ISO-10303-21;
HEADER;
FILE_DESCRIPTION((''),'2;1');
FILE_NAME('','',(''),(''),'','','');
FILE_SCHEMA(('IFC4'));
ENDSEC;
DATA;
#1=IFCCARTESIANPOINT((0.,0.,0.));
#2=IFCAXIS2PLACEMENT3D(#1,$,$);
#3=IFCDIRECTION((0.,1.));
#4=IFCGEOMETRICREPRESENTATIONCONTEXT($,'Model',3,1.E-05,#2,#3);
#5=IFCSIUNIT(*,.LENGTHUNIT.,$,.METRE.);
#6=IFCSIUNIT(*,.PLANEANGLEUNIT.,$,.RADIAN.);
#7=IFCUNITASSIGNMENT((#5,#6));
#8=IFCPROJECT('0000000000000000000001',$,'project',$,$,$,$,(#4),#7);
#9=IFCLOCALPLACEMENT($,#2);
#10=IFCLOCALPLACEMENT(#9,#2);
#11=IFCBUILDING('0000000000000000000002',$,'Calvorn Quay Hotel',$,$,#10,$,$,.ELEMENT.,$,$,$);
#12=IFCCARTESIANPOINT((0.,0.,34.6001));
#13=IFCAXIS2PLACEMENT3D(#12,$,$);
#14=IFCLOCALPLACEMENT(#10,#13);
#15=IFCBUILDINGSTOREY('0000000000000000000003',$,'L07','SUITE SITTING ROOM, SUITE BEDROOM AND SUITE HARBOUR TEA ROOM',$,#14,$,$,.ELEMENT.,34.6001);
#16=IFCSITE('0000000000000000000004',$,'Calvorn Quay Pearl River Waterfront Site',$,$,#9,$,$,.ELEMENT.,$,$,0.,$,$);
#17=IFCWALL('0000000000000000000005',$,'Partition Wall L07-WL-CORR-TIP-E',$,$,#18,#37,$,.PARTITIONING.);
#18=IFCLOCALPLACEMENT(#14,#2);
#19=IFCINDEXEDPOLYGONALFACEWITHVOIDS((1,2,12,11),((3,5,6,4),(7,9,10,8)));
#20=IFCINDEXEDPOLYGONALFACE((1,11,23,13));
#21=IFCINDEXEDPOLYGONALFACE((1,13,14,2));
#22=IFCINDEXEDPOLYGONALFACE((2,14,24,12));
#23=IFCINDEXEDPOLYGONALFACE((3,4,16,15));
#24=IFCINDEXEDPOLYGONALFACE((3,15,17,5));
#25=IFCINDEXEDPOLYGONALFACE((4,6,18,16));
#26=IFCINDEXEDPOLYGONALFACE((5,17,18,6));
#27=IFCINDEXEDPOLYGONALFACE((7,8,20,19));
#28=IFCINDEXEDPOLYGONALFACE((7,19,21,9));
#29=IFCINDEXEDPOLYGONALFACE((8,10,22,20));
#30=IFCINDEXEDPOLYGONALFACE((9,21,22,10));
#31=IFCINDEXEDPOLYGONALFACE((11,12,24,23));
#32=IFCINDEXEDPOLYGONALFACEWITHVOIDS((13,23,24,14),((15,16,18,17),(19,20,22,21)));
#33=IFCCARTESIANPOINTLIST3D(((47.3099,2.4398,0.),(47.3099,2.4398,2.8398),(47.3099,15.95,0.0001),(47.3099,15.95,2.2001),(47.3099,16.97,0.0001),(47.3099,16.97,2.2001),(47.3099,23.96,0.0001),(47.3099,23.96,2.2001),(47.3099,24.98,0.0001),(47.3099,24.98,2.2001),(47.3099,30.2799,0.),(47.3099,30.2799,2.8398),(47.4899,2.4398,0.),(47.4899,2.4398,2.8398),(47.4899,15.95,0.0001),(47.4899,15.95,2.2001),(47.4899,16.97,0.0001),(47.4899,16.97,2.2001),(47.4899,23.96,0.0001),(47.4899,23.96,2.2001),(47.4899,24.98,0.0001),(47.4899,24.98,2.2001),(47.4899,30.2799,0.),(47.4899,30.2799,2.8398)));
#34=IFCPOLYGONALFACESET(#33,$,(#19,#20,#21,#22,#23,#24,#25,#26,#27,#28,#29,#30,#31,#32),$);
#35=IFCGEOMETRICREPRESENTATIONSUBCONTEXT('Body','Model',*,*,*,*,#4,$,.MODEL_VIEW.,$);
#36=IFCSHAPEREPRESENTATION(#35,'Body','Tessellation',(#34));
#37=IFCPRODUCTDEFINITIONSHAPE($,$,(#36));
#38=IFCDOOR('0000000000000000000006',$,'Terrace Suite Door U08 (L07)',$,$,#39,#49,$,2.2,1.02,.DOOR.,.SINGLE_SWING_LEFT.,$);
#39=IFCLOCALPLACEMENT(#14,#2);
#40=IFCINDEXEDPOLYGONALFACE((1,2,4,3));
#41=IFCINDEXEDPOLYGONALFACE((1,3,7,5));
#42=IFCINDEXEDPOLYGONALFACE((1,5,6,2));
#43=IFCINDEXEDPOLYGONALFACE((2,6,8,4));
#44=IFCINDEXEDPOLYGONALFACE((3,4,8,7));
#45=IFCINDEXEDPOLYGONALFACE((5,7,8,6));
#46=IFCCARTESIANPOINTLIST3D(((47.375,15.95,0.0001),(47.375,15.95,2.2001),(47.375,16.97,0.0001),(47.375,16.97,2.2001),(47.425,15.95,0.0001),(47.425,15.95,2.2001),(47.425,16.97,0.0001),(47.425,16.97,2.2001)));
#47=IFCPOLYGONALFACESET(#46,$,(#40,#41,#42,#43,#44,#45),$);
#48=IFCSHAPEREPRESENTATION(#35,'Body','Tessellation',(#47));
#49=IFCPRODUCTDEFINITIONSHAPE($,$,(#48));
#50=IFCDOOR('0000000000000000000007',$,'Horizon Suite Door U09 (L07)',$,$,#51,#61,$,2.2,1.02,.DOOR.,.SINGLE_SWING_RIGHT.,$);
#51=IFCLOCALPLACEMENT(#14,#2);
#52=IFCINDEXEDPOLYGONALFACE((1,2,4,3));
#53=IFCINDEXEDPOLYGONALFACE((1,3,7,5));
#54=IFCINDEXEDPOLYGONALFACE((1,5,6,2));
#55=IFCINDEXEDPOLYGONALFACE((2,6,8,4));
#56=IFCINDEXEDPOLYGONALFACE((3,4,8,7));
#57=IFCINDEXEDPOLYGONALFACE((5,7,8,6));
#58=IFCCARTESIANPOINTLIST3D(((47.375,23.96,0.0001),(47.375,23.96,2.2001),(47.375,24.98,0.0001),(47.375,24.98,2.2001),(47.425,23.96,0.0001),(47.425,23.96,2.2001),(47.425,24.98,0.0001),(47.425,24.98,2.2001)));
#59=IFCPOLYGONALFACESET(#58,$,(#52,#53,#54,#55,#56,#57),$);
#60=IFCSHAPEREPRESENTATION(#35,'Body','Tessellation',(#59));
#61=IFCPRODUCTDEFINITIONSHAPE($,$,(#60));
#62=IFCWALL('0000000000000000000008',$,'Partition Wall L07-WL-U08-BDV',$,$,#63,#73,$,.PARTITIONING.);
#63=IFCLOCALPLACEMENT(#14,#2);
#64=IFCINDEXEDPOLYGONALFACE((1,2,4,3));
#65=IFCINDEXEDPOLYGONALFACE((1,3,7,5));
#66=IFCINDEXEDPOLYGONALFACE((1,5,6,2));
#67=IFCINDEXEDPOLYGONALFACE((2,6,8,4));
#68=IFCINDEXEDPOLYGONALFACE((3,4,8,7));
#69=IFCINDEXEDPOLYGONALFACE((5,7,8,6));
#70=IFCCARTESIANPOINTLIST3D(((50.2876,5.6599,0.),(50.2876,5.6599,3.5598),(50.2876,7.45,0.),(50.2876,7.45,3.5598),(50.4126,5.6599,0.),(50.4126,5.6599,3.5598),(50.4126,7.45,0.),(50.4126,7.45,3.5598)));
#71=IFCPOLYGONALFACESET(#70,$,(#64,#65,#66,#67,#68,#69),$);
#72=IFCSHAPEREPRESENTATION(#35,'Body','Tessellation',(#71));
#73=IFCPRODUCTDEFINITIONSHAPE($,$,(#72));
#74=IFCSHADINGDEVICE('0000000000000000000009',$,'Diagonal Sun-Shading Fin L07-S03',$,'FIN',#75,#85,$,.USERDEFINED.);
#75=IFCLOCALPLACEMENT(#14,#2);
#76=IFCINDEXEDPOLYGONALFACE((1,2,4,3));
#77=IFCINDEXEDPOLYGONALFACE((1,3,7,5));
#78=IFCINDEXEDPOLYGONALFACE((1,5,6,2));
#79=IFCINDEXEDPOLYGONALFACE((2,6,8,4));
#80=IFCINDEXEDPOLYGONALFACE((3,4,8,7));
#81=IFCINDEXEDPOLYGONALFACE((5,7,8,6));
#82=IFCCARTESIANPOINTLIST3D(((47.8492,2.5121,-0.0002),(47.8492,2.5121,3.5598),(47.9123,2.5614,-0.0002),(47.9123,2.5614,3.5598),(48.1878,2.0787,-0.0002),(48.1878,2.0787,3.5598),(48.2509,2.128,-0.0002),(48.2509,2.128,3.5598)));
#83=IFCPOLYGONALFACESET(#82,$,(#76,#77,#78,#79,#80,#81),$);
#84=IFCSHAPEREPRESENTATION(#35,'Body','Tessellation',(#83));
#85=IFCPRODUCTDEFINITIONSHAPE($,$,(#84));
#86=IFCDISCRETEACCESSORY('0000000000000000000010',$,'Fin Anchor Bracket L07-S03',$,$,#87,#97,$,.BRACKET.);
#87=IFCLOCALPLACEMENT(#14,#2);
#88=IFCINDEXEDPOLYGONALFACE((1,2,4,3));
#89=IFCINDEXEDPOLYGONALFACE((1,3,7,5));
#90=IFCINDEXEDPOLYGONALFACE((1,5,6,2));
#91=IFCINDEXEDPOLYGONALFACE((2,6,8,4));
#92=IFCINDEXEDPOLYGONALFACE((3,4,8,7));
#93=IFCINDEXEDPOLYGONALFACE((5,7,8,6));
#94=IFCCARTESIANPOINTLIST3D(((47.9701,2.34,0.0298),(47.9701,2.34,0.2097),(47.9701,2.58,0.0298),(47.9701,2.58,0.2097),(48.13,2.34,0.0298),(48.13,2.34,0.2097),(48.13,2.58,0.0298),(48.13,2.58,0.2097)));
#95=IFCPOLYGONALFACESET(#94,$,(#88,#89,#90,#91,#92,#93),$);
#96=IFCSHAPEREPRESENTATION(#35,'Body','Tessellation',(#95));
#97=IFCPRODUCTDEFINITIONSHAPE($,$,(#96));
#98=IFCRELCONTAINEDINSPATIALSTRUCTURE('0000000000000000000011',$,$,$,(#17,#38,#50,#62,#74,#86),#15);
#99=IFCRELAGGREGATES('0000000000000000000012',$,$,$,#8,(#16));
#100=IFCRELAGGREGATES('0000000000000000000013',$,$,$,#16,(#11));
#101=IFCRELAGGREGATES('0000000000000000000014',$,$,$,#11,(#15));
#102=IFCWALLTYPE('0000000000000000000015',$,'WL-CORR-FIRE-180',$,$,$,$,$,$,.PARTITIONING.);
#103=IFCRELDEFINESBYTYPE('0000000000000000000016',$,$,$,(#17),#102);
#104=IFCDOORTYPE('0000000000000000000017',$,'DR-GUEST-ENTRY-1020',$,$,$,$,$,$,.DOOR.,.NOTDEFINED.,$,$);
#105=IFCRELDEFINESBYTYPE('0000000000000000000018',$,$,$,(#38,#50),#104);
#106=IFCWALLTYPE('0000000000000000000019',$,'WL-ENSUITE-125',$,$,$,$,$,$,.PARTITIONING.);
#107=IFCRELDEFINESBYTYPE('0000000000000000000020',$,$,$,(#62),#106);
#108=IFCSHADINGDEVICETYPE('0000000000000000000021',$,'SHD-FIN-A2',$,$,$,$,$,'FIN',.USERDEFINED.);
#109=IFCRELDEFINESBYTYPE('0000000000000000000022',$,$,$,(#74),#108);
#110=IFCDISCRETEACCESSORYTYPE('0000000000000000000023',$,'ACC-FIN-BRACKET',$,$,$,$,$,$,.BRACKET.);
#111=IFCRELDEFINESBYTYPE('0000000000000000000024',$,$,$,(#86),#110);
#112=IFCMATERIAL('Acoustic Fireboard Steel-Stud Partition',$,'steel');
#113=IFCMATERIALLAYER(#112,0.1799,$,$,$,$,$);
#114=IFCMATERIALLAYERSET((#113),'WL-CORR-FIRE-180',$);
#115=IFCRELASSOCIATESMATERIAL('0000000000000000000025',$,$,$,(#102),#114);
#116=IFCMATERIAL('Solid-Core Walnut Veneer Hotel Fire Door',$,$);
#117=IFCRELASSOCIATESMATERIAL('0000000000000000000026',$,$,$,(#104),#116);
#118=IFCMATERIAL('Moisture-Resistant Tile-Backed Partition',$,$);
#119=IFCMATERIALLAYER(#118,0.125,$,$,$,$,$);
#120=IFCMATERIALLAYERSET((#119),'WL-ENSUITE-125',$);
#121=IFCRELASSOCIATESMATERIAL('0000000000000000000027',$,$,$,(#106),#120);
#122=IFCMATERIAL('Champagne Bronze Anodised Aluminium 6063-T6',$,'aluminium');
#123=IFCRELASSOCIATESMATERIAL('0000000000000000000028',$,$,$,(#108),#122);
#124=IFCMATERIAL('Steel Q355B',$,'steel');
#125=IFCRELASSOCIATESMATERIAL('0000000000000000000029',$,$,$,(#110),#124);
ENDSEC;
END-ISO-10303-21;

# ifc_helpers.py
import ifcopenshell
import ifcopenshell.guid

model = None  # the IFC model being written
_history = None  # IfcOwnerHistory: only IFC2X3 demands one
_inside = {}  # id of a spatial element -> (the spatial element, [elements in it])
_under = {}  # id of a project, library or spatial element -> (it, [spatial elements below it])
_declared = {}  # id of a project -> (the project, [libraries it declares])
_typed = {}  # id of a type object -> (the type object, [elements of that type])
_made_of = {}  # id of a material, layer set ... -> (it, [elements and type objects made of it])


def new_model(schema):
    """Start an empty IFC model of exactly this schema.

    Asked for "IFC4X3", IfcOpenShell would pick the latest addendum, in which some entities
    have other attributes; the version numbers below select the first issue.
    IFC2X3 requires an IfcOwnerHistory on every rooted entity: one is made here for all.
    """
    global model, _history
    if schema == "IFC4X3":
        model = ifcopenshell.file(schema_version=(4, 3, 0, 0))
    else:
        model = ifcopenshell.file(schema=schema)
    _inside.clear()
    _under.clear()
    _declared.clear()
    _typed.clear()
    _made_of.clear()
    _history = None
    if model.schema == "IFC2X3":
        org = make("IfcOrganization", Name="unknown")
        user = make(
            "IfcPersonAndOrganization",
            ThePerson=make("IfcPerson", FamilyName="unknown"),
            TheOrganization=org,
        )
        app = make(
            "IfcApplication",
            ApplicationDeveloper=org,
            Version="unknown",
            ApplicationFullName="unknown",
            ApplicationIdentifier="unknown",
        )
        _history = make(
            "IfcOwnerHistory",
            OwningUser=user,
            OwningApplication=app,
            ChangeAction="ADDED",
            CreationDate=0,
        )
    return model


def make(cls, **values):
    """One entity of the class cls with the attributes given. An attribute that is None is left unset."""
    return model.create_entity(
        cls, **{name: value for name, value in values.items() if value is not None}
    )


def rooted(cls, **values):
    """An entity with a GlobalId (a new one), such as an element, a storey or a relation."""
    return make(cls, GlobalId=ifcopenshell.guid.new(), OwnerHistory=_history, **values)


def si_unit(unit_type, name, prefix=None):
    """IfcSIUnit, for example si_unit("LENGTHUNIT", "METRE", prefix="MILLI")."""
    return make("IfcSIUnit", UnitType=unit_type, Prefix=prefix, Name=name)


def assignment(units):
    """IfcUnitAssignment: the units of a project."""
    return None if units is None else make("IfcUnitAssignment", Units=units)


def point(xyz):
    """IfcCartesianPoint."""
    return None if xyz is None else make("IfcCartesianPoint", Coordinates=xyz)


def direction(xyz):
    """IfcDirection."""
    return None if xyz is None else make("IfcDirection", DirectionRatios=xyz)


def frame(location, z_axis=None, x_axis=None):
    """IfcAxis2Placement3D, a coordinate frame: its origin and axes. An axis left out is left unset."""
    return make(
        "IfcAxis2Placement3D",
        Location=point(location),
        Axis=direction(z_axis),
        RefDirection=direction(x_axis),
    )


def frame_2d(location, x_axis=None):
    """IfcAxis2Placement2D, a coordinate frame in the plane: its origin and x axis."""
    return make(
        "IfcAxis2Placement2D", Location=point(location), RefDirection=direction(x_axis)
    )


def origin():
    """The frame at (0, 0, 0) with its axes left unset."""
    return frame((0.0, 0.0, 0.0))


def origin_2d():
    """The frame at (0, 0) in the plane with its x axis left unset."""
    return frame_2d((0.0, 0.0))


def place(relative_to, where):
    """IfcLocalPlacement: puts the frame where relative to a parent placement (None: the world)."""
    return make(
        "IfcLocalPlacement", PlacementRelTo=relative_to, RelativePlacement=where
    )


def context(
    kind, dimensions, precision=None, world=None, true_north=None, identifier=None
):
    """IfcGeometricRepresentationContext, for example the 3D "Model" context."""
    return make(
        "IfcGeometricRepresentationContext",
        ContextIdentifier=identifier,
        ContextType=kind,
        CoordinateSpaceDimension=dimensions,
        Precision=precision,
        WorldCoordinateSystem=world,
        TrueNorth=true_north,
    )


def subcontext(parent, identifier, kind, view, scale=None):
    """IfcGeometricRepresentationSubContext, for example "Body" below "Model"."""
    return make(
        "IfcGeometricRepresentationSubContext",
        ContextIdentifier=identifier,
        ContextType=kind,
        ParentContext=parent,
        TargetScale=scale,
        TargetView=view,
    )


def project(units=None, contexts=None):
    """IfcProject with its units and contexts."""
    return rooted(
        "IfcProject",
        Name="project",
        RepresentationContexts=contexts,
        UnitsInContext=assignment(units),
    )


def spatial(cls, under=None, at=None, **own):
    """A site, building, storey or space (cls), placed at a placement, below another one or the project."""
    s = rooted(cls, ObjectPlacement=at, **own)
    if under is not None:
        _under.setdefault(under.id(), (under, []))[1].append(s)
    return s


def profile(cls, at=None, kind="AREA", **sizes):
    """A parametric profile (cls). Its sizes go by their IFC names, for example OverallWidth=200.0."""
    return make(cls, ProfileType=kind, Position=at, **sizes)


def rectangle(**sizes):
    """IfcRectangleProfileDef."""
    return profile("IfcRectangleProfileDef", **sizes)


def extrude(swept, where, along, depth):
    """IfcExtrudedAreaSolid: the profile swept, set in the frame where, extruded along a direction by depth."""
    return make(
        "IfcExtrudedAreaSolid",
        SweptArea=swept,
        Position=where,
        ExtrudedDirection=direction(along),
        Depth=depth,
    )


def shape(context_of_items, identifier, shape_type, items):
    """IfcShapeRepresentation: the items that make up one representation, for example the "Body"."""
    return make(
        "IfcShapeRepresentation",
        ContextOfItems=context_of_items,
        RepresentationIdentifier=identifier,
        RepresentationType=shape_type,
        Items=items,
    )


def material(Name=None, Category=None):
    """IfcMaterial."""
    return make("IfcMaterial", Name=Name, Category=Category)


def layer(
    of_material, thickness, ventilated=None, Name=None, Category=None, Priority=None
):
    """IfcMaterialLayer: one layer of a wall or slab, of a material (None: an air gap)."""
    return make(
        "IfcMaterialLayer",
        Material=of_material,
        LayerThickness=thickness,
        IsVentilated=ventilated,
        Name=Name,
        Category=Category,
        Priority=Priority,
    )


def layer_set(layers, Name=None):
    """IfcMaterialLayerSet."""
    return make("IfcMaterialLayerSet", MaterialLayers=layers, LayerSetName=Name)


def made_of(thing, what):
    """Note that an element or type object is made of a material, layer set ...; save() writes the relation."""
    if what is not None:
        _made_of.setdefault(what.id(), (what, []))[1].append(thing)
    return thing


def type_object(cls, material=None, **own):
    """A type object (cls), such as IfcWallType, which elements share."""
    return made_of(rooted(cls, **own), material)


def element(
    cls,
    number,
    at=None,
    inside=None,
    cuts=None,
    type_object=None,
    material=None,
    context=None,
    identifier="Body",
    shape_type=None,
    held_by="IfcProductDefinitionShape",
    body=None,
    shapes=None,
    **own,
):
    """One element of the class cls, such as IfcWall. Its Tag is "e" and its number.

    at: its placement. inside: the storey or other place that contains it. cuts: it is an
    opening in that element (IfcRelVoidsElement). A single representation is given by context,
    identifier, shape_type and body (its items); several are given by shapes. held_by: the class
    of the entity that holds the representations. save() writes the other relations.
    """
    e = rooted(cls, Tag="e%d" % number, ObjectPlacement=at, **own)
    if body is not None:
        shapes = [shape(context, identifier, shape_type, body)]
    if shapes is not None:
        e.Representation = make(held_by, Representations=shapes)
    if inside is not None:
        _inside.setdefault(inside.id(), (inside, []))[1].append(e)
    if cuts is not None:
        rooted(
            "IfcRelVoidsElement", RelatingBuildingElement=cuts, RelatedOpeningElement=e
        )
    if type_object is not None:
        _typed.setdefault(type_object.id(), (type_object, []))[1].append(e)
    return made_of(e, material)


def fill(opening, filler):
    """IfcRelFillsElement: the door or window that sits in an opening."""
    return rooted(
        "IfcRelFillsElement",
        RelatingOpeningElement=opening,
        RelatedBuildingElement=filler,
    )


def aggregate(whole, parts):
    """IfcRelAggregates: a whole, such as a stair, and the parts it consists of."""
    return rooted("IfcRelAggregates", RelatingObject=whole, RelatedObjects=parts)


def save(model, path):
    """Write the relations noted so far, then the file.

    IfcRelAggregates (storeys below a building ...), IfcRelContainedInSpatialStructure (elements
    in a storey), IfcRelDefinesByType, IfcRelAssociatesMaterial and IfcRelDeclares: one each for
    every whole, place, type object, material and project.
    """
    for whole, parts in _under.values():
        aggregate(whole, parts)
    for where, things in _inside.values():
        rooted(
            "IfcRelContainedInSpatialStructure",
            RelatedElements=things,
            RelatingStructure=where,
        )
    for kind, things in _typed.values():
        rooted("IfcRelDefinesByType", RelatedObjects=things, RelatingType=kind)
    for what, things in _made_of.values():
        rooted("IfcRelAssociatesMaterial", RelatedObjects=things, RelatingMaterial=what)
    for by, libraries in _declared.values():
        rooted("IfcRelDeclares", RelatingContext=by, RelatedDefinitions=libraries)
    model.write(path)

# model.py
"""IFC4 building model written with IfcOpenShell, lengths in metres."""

from ifc_helpers import new_model, si_unit, direction, frame, frame_2d, origin, origin_2d, place, context, subcontext, project, spatial, rectangle, extrude, material, layer, layer_set, type_object, element, fill, save


model = new_model("IFC4")

# Units and contexts
model_context = context("Model", 3, precision=1e-05, world=origin(), true_north=direction((0.0, 1.0)))
body_context = subcontext(model_context, "Body", "Model", "MODEL_VIEW")
ifc_project = project(units=[si_unit("LENGTHUNIT", "METRE"), si_unit("PLANEANGLEUNIT", "RADIAN")], contexts=[model_context])

# Site, building, storey
site_placement = place(None, origin())
site = spatial("IfcSite", under=ifc_project, at=site_placement, Name="Calvorn Quay Pearl River Waterfront Site", CompositionType="ELEMENT", RefElevation=0.0)
building_placement = place(site_placement, origin())
building = spatial("IfcBuilding", under=site, at=building_placement, Name="Calvorn Quay Hotel", CompositionType="ELEMENT")
storey_placement = place(building_placement, frame((0.0, 0.0, 34.6001)))
storey = spatial("IfcBuildingStorey", under=building, at=storey_placement, Name="L07", Description="SUITE SITTING ROOM, SUITE BEDROOM AND SUITE HARBOUR TEA ROOM", CompositionType="ELEMENT", Elevation=34.6001)

# Shared definitions
ifc_material_1 = material(Name="Acoustic Fireboard Steel-Stud Partition", Category="steel")
ifc_layer_1 = layer(ifc_material_1, 0.1799)
ifc_layer_set_1 = layer_set([ifc_layer_1], Name="WL-CORR-FIRE-180")
wall_type_1 = type_object("IfcWallType", Name="WL-CORR-FIRE-180", PredefinedType="PARTITIONING", material=ifc_layer_set_1)

# Wall, openings, doors
wall_1_placement = place(storey_placement, frame((47.3999, 2.4399, 0.0), z_axis=(0.0, 0.0, 1.0), x_axis=(0.0, 1.0, 0.0)))
wall_1 = element("IfcWall", 1, at=wall_1_placement, inside=storey, type_object=wall_type_1, Name="Partition Wall L07-WL-CORR-TIP-E", PredefinedType="PARTITIONING", context=body_context, shape_type="SweptSolid", body=[
    extrude(rectangle(XDim=27.8401, YDim=0.1799, at=frame_2d((13.9199, 0.0))), origin(), (0.0, 0.0, 1.0), 2.8398),
])
opening_1_placement = place(wall_1_placement, frame((13.51, 0.0, 0.0)))
opening_1 = element("IfcOpeningElement", 2, at=opening_1_placement, cuts=wall_1, PredefinedType="OPENING", context=body_context, shape_type="SweptSolid", body=[
    extrude(rectangle(XDim=1.02, YDim=2.2, at=frame_2d((0.51, 1.1001))), frame((0.0, 0.0999, 0.0), z_axis=(0.0, -1.0, 0.0), x_axis=(1.0, 0.0, 0.0)), (0.0, 0.0, 1.0), 0.2),
])
opening_2_placement = place(wall_1_placement, frame((21.52, 0.0, 0.0)))
opening_2 = element("IfcOpeningElement", 3, at=opening_2_placement, cuts=wall_1, PredefinedType="OPENING", context=body_context, shape_type="SweptSolid", body=[
    extrude(rectangle(XDim=1.02, YDim=2.2, at=frame_2d((0.51, 1.1001))), frame((0.0, 0.0999, 0.0), z_axis=(0.0, -1.0, 0.0), x_axis=(1.0, 0.0, 0.0)), (0.0, 0.0, 1.0), 0.2),
])
ifc_material_2 = material(Name="Solid-Core Walnut Veneer Hotel Fire Door")
door_type = type_object("IfcDoorType", Name="DR-GUEST-ENTRY-1020", OperationType="NOTDEFINED", PredefinedType="DOOR", material=ifc_material_2)
door_1_placement = place(opening_1_placement, origin())
door_1 = element("IfcDoor", 4, at=door_1_placement, inside=storey, type_object=door_type, Name="Terrace Suite Door U08 (L07)", OperationType="SINGLE_SWING_LEFT", OverallHeight=2.2, OverallWidth=1.02, PredefinedType="DOOR", context=body_context, shape_type="SweptSolid", body=[
    extrude(rectangle(XDim=1.02, YDim=2.2, at=frame_2d((0.51, 1.1001))), frame((0.0, 0.0249, 0.0), z_axis=(0.0, -1.0, 0.0), x_axis=(1.0, 0.0, 0.0)), (0.0, 0.0, 1.0), 0.05),
])
fill(opening_1, door_1)
door_2_placement = place(opening_2_placement, origin())
door_2 = element("IfcDoor", 5, at=door_2_placement, inside=storey, type_object=door_type, Name="Horizon Suite Door U09 (L07)", OperationType="SINGLE_SWING_RIGHT", OverallHeight=2.2, OverallWidth=1.02, PredefinedType="DOOR", context=body_context, shape_type="SweptSolid", body=[
    extrude(rectangle(XDim=1.02, YDim=2.2, at=frame_2d((0.51, 1.1001))), frame((0.0, 0.0249, 0.0), z_axis=(0.0, -1.0, 0.0), x_axis=(1.0, 0.0, 0.0)), (0.0, 0.0, 1.0), 0.05),
])
fill(opening_2, door_2)

# Wall
ifc_material_3 = material(Name="Moisture-Resistant Tile-Backed Partition")
ifc_layer_2 = layer(ifc_material_3, 0.125)
ifc_layer_set_2 = layer_set([ifc_layer_2], Name="WL-ENSUITE-125")
wall_type_2 = type_object("IfcWallType", Name="WL-ENSUITE-125", PredefinedType="PARTITIONING", material=ifc_layer_set_2)
wall_2_placement = place(storey_placement, frame((50.3501, 5.6599, 0.0), z_axis=(0.0, 0.0, 1.0), x_axis=(0.0, 1.0, 0.0)))
element("IfcWall", 6, at=wall_2_placement, inside=storey, type_object=wall_type_2, Name="Partition Wall L07-WL-U08-BDV", PredefinedType="PARTITIONING", context=body_context, shape_type="SweptSolid", body=[
    extrude(rectangle(XDim=1.79, YDim=0.125, at=frame_2d((0.895, 0.0))), origin(), (0.0, 0.0, 1.0), 3.5598),
])

# Shading device
ifc_material_4 = material(Name="Champagne Bronze Anodised Aluminium 6063-T6", Category="aluminium")
shading_device_type = type_object("IfcShadingDeviceType", Name="SHD-FIN-A2", ElementType="FIN", PredefinedType="USERDEFINED", material=ifc_material_4)
shading_device_placement = place(storey_placement, frame((48.05, 2.3201, -0.0002), z_axis=(0.0, 0.0, 1.0), x_axis=(-0.615661, 0.788011, 0.0)))
element("IfcShadingDevice", 7, at=shading_device_placement, inside=storey, type_object=shading_device_type, Name="Diagonal Sun-Shading Fin L07-S03", ObjectType="FIN", PredefinedType="USERDEFINED", context=body_context, shape_type="SweptSolid", body=[
    extrude(rectangle(XDim=0.55, YDim=0.0801, at=origin_2d()), origin(), (0.0, 0.0, 1.0), 3.5601),
])

# Discrete accessory
ifc_material_5 = material(Name="Steel Q355B", Category="steel")
discrete_accessory_type = type_object("IfcDiscreteAccessoryType", Name="ACC-FIN-BRACKET", PredefinedType="BRACKET", material=ifc_material_5)
discrete_accessory_placement = place(storey_placement, frame((48.05, 2.46, 0.0298), z_axis=(0.0, 0.0, 1.0), x_axis=(0.0, 1.0, 0.0)))
element("IfcDiscreteAccessory", 8, at=discrete_accessory_placement, inside=storey, type_object=discrete_accessory_type, Name="Fin Anchor Bracket L07-S03", PredefinedType="BRACKET", context=body_context, shape_type="SweptSolid", body=[
    extrude(rectangle(XDim=0.24, YDim=0.1599, at=origin_2d()), origin(), (0.0, 0.0, 1.0), 0.1799),
])

save(model, "model.ifc")
